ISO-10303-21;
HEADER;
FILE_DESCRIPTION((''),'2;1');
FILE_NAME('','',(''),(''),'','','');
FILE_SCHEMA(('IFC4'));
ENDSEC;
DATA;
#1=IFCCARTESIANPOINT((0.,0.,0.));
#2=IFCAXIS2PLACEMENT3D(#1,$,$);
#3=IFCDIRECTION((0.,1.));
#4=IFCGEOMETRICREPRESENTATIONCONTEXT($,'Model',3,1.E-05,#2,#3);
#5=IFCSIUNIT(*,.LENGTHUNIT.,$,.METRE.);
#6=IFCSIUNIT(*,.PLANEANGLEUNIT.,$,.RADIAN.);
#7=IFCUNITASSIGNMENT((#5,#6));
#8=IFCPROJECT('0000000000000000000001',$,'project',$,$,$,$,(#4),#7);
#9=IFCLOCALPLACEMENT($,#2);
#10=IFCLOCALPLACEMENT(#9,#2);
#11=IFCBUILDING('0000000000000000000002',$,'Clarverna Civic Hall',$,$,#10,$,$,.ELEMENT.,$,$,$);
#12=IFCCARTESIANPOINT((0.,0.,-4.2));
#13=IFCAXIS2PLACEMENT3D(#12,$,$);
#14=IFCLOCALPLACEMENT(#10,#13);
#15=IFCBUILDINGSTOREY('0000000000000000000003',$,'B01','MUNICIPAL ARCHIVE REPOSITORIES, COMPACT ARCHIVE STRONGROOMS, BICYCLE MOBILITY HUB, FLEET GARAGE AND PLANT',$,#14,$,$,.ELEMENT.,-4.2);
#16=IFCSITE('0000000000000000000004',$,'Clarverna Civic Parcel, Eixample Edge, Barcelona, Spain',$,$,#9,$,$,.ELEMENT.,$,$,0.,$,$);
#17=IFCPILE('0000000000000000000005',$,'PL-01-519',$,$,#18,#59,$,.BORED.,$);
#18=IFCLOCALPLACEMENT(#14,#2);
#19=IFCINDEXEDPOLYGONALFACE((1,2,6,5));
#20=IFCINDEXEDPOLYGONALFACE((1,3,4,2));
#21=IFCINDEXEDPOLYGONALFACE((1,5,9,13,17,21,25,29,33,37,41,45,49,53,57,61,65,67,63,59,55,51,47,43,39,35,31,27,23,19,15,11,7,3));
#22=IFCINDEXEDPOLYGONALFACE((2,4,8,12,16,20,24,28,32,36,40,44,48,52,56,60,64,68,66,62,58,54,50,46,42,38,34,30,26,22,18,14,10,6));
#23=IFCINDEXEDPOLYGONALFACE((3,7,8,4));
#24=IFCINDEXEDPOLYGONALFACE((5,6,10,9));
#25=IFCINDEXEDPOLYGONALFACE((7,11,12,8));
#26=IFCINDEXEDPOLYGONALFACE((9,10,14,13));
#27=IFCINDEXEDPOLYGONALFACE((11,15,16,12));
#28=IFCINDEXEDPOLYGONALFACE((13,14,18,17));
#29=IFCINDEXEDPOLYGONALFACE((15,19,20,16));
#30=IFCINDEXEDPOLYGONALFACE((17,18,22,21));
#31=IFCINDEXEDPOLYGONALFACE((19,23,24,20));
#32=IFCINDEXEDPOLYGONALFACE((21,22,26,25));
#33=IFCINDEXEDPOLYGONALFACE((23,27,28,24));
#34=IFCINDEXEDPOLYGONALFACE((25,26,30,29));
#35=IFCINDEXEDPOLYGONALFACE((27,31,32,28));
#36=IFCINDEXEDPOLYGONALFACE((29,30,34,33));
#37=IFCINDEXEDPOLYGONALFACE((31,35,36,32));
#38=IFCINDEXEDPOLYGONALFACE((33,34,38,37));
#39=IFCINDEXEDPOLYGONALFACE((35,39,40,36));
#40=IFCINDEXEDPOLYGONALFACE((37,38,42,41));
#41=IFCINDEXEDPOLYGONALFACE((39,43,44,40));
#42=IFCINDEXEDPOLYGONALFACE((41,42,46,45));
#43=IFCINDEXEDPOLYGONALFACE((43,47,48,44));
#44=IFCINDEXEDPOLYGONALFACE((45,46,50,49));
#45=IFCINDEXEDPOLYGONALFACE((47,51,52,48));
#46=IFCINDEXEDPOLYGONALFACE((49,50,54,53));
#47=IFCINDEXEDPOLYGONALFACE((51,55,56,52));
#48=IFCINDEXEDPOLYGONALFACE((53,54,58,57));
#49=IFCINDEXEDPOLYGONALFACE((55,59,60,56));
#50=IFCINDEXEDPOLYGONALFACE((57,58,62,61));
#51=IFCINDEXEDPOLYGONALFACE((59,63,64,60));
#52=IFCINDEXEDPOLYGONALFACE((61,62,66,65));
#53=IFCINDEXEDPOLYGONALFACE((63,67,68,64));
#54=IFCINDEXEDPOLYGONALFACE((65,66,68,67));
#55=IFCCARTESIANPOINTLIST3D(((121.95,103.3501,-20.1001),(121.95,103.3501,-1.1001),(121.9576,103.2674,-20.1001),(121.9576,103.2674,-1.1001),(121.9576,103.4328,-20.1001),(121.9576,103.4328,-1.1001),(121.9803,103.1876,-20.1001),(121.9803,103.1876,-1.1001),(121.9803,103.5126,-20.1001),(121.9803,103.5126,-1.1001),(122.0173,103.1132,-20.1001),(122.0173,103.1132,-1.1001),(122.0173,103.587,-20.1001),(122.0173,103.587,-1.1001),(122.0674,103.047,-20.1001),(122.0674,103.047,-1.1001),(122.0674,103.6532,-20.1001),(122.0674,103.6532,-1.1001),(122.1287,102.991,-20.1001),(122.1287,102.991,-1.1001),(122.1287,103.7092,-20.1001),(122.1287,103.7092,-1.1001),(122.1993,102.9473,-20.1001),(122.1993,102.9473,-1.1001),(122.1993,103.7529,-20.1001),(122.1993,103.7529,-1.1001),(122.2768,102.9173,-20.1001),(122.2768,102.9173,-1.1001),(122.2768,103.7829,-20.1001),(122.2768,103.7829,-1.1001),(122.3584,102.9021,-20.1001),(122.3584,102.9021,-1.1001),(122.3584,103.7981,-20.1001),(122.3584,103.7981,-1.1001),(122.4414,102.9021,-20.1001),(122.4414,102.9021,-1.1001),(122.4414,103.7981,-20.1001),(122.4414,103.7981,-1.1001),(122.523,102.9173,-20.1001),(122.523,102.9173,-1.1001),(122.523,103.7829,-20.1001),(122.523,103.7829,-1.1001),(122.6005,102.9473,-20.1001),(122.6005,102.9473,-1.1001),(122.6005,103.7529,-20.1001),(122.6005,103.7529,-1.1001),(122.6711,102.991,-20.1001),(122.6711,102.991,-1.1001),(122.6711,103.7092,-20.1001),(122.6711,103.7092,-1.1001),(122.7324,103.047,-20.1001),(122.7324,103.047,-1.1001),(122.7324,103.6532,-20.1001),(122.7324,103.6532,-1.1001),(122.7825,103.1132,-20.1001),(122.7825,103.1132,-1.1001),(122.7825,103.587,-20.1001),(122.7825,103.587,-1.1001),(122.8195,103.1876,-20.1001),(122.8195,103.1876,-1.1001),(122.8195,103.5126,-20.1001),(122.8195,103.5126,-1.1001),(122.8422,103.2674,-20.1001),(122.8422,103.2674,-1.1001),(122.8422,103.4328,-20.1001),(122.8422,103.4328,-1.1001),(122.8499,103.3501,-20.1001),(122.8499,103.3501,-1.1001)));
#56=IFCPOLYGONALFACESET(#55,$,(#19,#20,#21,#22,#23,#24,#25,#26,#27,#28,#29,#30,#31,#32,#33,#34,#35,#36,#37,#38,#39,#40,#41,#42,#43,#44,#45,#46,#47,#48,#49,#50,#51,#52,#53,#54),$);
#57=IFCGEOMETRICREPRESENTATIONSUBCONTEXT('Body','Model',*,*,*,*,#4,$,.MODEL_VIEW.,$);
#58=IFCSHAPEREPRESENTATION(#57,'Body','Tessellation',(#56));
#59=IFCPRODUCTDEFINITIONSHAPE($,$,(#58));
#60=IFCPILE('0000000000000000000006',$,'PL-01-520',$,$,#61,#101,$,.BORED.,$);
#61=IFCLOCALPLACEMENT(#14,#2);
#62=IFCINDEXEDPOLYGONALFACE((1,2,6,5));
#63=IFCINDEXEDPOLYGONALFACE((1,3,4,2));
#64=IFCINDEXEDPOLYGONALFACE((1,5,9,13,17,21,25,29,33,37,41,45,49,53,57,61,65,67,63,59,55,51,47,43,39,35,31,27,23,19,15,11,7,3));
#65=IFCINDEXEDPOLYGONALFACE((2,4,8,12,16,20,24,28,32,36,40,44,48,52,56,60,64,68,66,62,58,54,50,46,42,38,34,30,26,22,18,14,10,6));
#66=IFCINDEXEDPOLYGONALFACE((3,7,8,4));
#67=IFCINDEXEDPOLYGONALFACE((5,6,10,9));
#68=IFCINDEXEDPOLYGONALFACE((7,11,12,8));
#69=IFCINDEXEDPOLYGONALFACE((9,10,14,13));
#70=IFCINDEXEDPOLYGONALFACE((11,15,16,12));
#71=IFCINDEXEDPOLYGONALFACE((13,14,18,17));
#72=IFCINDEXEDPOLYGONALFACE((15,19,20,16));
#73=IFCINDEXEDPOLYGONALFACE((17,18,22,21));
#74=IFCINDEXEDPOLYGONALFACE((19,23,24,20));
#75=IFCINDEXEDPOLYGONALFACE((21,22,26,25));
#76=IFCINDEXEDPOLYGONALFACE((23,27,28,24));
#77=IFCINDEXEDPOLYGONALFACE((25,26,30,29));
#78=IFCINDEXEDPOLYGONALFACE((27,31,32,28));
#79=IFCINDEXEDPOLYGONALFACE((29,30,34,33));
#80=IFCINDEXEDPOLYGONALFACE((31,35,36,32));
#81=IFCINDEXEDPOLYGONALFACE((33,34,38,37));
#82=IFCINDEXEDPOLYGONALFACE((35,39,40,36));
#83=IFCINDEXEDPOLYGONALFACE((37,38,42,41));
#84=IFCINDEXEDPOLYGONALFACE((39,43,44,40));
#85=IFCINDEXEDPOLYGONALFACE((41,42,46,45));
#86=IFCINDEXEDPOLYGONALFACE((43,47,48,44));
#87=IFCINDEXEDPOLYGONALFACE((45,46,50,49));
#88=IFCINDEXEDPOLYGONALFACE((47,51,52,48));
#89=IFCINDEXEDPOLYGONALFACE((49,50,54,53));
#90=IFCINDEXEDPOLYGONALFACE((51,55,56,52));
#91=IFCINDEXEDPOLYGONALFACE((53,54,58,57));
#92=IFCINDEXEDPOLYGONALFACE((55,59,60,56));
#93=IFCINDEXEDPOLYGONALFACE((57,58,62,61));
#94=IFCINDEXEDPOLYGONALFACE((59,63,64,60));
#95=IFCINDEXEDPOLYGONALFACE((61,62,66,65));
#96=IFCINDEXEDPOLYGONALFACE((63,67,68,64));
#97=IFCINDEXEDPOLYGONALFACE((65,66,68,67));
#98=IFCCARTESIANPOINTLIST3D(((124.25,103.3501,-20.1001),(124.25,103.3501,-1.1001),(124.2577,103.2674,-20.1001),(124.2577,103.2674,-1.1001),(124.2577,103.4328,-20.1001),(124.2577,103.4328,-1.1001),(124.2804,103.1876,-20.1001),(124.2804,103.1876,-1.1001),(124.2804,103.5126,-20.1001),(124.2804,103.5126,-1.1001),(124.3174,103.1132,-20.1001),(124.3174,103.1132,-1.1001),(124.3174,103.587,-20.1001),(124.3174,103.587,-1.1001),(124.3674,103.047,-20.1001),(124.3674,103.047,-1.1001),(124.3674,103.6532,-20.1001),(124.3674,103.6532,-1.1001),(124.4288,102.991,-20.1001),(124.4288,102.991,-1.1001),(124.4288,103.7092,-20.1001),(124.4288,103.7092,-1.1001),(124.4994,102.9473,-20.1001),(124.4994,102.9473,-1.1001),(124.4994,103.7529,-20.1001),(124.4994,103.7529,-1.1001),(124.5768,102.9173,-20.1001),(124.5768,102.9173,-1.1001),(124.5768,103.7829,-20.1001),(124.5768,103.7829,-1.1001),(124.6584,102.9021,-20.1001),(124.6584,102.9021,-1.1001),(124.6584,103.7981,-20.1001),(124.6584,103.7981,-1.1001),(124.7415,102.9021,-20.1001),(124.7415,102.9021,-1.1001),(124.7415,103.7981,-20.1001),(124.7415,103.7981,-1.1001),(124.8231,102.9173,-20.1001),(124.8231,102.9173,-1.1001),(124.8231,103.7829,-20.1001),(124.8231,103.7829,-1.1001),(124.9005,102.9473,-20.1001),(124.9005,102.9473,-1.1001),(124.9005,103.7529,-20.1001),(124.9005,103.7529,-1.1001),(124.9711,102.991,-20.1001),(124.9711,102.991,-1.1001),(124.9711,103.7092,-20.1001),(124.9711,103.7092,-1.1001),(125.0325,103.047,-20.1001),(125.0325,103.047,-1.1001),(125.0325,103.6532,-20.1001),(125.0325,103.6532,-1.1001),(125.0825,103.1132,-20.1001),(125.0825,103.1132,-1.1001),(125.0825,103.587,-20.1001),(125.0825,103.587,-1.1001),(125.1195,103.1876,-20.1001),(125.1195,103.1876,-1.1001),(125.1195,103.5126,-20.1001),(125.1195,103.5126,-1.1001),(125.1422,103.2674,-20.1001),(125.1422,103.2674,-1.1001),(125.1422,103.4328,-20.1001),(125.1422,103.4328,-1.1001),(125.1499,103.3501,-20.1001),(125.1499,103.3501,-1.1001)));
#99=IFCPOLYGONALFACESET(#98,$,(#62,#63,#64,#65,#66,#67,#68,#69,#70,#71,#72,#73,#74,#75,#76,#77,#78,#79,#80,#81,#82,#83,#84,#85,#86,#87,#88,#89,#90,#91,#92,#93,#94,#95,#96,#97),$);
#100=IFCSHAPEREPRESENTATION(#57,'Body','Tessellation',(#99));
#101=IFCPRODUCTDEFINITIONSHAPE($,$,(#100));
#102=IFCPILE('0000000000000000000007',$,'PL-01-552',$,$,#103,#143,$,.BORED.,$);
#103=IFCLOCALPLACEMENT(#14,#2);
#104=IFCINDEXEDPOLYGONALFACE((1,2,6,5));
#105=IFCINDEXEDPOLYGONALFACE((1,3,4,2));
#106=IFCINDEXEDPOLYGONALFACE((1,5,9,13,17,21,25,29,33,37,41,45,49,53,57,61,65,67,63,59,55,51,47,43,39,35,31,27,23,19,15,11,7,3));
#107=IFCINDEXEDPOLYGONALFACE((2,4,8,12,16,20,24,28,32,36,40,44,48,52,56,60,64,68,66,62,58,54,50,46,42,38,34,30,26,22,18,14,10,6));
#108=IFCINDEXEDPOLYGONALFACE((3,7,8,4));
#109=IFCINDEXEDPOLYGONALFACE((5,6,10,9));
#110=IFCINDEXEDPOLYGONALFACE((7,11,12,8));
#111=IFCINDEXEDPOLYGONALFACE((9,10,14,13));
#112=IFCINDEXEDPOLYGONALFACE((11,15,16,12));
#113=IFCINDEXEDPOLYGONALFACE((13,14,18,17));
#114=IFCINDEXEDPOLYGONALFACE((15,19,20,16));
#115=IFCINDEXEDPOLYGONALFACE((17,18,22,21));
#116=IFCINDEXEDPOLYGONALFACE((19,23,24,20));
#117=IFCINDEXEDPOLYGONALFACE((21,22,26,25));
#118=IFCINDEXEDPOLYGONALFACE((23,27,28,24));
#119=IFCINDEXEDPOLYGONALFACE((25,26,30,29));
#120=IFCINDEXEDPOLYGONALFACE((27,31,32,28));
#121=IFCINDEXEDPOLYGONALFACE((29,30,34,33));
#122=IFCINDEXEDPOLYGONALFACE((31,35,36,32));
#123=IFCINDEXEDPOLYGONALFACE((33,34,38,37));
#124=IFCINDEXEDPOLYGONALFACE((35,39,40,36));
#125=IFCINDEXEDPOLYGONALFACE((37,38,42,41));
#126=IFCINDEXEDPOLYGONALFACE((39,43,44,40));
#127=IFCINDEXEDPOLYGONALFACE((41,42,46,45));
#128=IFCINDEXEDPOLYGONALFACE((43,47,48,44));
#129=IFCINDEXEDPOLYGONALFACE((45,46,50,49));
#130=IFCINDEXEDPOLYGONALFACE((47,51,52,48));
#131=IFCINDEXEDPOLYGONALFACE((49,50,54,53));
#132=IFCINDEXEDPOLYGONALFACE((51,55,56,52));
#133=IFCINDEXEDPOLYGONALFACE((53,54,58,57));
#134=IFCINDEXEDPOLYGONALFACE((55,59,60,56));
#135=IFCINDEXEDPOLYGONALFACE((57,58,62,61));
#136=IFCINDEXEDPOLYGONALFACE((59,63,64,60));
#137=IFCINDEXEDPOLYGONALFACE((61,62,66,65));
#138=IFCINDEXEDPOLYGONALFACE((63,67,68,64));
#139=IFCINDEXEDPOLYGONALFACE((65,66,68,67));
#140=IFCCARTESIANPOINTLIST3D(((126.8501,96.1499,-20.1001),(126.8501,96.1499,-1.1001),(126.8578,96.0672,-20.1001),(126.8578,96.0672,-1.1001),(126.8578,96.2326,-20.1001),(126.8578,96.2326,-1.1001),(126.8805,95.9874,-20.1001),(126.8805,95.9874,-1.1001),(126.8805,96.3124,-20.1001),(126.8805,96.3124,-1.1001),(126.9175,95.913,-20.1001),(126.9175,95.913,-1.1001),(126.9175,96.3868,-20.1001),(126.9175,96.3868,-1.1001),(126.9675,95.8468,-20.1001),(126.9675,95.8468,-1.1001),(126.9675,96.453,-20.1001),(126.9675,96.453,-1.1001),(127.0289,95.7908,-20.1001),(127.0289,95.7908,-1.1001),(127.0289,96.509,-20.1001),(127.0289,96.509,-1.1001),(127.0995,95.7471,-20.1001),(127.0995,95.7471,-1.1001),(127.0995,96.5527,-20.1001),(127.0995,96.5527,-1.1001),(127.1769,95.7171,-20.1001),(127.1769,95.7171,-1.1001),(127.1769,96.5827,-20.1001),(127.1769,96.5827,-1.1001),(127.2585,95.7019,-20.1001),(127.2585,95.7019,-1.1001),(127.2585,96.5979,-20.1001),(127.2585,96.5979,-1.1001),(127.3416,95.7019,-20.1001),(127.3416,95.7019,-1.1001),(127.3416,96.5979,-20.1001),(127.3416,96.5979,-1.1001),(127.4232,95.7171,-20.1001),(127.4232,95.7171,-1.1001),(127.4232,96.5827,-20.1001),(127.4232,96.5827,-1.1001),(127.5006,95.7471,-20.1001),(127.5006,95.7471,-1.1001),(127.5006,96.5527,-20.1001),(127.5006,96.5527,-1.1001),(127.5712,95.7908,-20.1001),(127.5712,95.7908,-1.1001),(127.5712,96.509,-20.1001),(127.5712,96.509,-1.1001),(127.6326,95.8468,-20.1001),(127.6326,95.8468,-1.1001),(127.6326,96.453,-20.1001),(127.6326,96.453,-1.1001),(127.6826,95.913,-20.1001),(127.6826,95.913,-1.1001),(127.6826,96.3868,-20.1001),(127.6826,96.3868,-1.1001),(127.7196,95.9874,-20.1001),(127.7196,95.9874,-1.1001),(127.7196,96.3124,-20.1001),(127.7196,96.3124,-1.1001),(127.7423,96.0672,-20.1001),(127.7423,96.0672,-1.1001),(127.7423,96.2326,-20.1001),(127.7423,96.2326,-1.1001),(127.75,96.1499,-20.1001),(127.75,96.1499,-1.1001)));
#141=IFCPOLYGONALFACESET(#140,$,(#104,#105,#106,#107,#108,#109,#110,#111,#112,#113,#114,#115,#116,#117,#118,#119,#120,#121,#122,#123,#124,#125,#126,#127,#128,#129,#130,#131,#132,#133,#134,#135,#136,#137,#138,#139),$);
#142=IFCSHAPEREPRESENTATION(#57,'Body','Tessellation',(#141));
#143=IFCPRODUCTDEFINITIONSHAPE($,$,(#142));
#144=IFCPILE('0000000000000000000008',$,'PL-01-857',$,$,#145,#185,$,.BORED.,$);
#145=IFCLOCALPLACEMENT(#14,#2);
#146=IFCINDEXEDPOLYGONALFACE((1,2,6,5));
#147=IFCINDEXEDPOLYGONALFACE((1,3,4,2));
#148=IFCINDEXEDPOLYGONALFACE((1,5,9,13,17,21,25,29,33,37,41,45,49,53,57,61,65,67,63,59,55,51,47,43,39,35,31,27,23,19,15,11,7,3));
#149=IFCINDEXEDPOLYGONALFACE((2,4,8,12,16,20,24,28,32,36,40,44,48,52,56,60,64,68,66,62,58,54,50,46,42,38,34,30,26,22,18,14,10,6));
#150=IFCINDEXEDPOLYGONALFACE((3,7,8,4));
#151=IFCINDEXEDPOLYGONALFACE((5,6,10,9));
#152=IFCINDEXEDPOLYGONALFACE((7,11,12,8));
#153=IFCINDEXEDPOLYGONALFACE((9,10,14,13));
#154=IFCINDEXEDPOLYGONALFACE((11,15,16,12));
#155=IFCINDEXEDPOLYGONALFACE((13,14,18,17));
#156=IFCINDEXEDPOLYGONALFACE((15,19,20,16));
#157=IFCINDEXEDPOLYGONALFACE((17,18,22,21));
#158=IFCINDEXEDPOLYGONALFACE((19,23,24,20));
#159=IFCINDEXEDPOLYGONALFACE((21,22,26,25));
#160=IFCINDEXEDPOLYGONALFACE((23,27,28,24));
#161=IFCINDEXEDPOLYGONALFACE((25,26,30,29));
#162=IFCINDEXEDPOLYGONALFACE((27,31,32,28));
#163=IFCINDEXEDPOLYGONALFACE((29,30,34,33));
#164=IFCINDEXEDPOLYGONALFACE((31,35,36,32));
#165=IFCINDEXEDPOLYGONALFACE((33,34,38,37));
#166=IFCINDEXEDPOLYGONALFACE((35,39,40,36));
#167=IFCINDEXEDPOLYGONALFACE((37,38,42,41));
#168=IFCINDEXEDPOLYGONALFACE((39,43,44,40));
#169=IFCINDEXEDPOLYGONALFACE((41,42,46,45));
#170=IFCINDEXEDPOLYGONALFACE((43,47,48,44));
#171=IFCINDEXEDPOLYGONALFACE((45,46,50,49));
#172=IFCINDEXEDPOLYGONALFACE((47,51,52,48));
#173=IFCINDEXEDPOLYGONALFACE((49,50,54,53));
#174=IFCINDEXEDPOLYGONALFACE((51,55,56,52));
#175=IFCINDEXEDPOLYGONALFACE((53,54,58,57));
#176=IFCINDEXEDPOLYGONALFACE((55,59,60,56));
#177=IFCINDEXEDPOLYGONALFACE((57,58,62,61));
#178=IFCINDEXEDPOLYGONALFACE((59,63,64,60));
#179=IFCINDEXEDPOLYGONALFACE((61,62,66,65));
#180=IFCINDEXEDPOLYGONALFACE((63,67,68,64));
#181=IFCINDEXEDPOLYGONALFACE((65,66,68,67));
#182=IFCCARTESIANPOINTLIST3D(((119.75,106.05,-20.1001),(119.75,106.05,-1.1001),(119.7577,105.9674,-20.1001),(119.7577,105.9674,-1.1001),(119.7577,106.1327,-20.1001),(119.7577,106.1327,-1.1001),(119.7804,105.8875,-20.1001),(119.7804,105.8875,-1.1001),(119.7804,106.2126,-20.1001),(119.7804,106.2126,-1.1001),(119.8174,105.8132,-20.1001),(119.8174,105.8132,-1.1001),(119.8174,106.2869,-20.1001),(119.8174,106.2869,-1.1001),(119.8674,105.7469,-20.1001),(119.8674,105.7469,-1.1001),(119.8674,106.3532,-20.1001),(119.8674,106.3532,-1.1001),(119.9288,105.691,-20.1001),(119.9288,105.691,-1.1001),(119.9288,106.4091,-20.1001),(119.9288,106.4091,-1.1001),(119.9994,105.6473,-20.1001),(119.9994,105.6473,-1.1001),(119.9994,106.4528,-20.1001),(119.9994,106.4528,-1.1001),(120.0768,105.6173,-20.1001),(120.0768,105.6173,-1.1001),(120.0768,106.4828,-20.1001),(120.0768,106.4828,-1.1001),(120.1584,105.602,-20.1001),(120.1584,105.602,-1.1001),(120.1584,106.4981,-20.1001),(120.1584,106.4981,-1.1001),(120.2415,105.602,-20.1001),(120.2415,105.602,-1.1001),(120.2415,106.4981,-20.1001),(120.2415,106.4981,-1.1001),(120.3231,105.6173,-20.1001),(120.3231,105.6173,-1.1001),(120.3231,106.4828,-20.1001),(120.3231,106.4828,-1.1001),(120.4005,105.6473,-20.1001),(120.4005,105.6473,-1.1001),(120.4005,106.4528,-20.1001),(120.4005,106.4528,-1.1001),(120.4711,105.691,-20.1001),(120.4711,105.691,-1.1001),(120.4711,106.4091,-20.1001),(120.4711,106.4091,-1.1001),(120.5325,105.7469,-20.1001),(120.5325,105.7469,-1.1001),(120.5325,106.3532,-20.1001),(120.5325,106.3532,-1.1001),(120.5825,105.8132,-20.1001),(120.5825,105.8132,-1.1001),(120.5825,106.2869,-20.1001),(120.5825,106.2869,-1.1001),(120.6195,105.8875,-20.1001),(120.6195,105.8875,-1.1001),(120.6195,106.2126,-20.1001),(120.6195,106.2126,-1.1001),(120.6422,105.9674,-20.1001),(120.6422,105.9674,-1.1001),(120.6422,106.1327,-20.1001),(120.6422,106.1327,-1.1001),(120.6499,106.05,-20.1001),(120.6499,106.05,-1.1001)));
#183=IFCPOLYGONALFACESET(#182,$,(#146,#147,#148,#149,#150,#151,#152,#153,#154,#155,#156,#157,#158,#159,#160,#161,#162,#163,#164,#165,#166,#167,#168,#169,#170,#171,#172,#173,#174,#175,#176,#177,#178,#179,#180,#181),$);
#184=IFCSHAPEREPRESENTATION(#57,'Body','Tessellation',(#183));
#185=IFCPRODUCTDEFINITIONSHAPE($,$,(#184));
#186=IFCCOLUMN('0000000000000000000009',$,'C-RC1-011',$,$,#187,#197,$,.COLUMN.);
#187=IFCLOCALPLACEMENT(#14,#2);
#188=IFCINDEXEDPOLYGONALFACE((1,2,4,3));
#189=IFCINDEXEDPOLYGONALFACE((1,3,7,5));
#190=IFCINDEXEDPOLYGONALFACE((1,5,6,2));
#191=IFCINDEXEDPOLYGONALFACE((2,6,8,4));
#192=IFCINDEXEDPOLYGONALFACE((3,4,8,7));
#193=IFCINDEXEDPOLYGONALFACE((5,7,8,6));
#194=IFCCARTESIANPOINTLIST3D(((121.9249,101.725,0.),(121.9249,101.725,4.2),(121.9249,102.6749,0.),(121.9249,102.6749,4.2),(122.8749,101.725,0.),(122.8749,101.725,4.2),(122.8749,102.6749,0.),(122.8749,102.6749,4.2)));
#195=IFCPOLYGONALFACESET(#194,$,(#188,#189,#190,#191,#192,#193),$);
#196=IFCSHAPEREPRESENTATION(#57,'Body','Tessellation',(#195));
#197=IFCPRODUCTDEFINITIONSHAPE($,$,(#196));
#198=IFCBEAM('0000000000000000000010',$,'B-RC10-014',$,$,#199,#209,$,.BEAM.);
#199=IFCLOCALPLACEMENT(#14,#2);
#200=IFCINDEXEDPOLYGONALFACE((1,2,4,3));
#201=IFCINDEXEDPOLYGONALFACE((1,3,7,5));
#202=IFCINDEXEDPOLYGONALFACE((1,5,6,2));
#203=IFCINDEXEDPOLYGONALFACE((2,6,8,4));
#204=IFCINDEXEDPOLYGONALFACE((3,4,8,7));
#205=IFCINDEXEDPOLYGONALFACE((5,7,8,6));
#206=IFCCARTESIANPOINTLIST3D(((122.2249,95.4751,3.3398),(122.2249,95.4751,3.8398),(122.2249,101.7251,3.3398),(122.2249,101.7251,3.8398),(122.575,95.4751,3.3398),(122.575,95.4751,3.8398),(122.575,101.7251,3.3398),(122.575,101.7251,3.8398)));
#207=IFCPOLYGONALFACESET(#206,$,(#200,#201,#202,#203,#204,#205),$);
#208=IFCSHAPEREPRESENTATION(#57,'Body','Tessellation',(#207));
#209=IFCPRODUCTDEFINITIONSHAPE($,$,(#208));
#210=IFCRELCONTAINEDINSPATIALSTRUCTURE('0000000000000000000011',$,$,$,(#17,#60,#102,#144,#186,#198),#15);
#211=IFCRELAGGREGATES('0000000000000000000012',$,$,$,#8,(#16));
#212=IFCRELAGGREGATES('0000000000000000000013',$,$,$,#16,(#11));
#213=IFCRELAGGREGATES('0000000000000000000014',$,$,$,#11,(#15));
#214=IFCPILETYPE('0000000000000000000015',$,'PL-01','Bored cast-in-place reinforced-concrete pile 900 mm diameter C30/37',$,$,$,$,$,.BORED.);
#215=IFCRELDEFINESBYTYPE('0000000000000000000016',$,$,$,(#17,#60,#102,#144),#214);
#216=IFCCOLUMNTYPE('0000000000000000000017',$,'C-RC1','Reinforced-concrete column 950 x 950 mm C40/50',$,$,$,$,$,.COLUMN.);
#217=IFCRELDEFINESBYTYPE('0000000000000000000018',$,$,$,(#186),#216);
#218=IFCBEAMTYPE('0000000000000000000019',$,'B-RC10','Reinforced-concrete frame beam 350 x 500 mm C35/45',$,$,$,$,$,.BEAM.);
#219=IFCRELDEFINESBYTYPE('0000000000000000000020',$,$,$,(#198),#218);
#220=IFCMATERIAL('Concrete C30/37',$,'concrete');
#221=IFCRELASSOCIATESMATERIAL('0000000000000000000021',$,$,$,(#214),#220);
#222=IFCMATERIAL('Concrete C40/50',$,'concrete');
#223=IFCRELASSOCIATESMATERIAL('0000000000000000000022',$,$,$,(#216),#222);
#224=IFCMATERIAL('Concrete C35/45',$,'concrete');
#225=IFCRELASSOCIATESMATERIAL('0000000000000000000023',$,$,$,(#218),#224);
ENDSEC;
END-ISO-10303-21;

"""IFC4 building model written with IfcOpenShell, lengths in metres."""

from ifc_helpers import new_model, si_unit, direction, frame, origin, origin_2d, place, context, subcontext, project, spatial, rectangle, circle, extrude, material, material_profile, profile_set, type_object, element, save


model = new_model("IFC4")

# Units and contexts
model_context = context("Model", 3, precision=1e-05, world=origin(), true_north=direction((0.0, 1.0)))
body_context = subcontext(model_context, "Body", "Model", "MODEL_VIEW")
ifc_project = project(units=[si_unit("LENGTHUNIT", "METRE"), si_unit("PLANEANGLEUNIT", "RADIAN")], contexts=[model_context])

# Site, building, storey
site_placement = place(None, origin())
site = spatial("IfcSite", under=ifc_project, at=site_placement, Name="Clarverna Civic Parcel, Eixample Edge, Barcelona, Spain", CompositionType="ELEMENT", RefElevation=0.0)
building_placement = place(site_placement, origin())
building = spatial("IfcBuilding", under=site, at=building_placement, Name="Clarverna Civic Hall", CompositionType="ELEMENT")
storey_placement = place(building_placement, frame((0.0, 0.0, -4.2)))
storey = spatial("IfcBuildingStorey", under=building, at=storey_placement, Name="B01", Description="MUNICIPAL ARCHIVE REPOSITORIES, COMPACT ARCHIVE STRONGROOMS, BICYCLE MOBILITY HUB, FLEET GARAGE AND PLANT", CompositionType="ELEMENT", Elevation=-4.2)

# Shared definitions
ifc_material_1 = material(Name="Concrete C30/37", Category="concrete")

# Piles
ifc_material_profile_1 = material_profile(ifc_material_1, circle(Radius=0.45, at=origin_2d()), Name="BORED PILE D900")
ifc_profile_set_1 = profile_set([ifc_material_profile_1], Name="Concrete C30/37")
pile_type = type_object("IfcPileType", Name="PL-01", Description="Bored cast-in-place reinforced-concrete pile 900 mm diameter C30/37", PredefinedType="BORED", material=ifc_profile_set_1)
for number, where, z_axis, x_axis, name in (
    (1, (122.3999, 103.3501, -1.1001), (0.0, 0.0, -1.0), (1.0, 0.0, 0.0), "PL-01-519"),
    (2, (124.7, 103.3501, -1.1001), (0.0, 0.0, -1.0), (1.0, 0.0, 0.0), "PL-01-520"),
    (3, (127.3, 96.1499, -1.1001), (0.0, 0.0, -1.0), (1.0, 0.0, 0.0), "PL-01-552"),
    (4, (120.2, 106.05, -1.1001), (0.0, 0.0, -1.0), (1.0, 0.0, 0.0), "PL-01-857"),
):
    element("IfcPile", number, at=place(storey_placement, frame(where, z_axis=z_axis, x_axis=x_axis)), inside=storey, type_object=pile_type, Name=name, PredefinedType="BORED", context=body_context, shape_type="SweptSolid", body=[
        extrude(circle(Radius=0.45, at=origin_2d()), origin(), (0.0, 0.0, 1.0), 19.0),
    ])

# Column
ifc_material_2 = material(Name="Concrete C40/50", Category="concrete")
ifc_material_profile_2 = material_profile(ifc_material_2, rectangle(XDim=0.95, YDim=0.95, at=origin_2d()), Name="RC 950x950")
ifc_profile_set_2 = profile_set([ifc_material_profile_2], Name="Concrete C40/50")
column_type = type_object("IfcColumnType", Name="C-RC1", Description="Reinforced-concrete column 950 x 950 mm C40/50", PredefinedType="COLUMN", material=ifc_profile_set_2)
column_placement = place(storey_placement, frame((122.3999, 102.2, 0.0), z_axis=(0.0, 0.0, 1.0), x_axis=(1.0, 0.0, 0.0)))
element("IfcColumn", 5, at=column_placement, inside=storey, type_object=column_type, Name="C-RC1-011", PredefinedType="COLUMN", context=body_context, shape_type="SweptSolid", body=[
    extrude(rectangle(XDim=0.95, YDim=0.95, at=origin_2d()), origin(), (0.0, 0.0, 1.0), 4.2),
])

# Beam
ifc_material_3 = material(Name="Concrete C35/45", Category="concrete")
ifc_material_profile_3 = material_profile(ifc_material_3, rectangle(XDim=0.3501, YDim=0.5, at=origin_2d()), Name="RC 350x500")
ifc_profile_set_3 = profile_set([ifc_material_profile_3], Name="Concrete C35/45")
beam_type_1 = type_object("IfcBeamType", Name="B-RC10", Description="Reinforced-concrete frame beam 350 x 500 mm C35/45", PredefinedType="BEAM", material=ifc_profile_set_3)
beam_1_placement = place(storey_placement, frame((122.3999, 95.4751, 3.5898), z_axis=(0.0, 1.0, 0.0), x_axis=(-1.0, 0.0, 0.0)))
element("IfcBeam", 6, at=beam_1_placement, inside=storey, type_object=beam_type_1, Name="B-RC10-014", PredefinedType="BEAM", context=body_context, shape_type="SweptSolid", body=[
    extrude(rectangle(XDim=0.3501, YDim=0.5, at=origin_2d()), origin(), (0.0, 0.0, 1.0), 6.25),
])

save(model, "model.ifc")
